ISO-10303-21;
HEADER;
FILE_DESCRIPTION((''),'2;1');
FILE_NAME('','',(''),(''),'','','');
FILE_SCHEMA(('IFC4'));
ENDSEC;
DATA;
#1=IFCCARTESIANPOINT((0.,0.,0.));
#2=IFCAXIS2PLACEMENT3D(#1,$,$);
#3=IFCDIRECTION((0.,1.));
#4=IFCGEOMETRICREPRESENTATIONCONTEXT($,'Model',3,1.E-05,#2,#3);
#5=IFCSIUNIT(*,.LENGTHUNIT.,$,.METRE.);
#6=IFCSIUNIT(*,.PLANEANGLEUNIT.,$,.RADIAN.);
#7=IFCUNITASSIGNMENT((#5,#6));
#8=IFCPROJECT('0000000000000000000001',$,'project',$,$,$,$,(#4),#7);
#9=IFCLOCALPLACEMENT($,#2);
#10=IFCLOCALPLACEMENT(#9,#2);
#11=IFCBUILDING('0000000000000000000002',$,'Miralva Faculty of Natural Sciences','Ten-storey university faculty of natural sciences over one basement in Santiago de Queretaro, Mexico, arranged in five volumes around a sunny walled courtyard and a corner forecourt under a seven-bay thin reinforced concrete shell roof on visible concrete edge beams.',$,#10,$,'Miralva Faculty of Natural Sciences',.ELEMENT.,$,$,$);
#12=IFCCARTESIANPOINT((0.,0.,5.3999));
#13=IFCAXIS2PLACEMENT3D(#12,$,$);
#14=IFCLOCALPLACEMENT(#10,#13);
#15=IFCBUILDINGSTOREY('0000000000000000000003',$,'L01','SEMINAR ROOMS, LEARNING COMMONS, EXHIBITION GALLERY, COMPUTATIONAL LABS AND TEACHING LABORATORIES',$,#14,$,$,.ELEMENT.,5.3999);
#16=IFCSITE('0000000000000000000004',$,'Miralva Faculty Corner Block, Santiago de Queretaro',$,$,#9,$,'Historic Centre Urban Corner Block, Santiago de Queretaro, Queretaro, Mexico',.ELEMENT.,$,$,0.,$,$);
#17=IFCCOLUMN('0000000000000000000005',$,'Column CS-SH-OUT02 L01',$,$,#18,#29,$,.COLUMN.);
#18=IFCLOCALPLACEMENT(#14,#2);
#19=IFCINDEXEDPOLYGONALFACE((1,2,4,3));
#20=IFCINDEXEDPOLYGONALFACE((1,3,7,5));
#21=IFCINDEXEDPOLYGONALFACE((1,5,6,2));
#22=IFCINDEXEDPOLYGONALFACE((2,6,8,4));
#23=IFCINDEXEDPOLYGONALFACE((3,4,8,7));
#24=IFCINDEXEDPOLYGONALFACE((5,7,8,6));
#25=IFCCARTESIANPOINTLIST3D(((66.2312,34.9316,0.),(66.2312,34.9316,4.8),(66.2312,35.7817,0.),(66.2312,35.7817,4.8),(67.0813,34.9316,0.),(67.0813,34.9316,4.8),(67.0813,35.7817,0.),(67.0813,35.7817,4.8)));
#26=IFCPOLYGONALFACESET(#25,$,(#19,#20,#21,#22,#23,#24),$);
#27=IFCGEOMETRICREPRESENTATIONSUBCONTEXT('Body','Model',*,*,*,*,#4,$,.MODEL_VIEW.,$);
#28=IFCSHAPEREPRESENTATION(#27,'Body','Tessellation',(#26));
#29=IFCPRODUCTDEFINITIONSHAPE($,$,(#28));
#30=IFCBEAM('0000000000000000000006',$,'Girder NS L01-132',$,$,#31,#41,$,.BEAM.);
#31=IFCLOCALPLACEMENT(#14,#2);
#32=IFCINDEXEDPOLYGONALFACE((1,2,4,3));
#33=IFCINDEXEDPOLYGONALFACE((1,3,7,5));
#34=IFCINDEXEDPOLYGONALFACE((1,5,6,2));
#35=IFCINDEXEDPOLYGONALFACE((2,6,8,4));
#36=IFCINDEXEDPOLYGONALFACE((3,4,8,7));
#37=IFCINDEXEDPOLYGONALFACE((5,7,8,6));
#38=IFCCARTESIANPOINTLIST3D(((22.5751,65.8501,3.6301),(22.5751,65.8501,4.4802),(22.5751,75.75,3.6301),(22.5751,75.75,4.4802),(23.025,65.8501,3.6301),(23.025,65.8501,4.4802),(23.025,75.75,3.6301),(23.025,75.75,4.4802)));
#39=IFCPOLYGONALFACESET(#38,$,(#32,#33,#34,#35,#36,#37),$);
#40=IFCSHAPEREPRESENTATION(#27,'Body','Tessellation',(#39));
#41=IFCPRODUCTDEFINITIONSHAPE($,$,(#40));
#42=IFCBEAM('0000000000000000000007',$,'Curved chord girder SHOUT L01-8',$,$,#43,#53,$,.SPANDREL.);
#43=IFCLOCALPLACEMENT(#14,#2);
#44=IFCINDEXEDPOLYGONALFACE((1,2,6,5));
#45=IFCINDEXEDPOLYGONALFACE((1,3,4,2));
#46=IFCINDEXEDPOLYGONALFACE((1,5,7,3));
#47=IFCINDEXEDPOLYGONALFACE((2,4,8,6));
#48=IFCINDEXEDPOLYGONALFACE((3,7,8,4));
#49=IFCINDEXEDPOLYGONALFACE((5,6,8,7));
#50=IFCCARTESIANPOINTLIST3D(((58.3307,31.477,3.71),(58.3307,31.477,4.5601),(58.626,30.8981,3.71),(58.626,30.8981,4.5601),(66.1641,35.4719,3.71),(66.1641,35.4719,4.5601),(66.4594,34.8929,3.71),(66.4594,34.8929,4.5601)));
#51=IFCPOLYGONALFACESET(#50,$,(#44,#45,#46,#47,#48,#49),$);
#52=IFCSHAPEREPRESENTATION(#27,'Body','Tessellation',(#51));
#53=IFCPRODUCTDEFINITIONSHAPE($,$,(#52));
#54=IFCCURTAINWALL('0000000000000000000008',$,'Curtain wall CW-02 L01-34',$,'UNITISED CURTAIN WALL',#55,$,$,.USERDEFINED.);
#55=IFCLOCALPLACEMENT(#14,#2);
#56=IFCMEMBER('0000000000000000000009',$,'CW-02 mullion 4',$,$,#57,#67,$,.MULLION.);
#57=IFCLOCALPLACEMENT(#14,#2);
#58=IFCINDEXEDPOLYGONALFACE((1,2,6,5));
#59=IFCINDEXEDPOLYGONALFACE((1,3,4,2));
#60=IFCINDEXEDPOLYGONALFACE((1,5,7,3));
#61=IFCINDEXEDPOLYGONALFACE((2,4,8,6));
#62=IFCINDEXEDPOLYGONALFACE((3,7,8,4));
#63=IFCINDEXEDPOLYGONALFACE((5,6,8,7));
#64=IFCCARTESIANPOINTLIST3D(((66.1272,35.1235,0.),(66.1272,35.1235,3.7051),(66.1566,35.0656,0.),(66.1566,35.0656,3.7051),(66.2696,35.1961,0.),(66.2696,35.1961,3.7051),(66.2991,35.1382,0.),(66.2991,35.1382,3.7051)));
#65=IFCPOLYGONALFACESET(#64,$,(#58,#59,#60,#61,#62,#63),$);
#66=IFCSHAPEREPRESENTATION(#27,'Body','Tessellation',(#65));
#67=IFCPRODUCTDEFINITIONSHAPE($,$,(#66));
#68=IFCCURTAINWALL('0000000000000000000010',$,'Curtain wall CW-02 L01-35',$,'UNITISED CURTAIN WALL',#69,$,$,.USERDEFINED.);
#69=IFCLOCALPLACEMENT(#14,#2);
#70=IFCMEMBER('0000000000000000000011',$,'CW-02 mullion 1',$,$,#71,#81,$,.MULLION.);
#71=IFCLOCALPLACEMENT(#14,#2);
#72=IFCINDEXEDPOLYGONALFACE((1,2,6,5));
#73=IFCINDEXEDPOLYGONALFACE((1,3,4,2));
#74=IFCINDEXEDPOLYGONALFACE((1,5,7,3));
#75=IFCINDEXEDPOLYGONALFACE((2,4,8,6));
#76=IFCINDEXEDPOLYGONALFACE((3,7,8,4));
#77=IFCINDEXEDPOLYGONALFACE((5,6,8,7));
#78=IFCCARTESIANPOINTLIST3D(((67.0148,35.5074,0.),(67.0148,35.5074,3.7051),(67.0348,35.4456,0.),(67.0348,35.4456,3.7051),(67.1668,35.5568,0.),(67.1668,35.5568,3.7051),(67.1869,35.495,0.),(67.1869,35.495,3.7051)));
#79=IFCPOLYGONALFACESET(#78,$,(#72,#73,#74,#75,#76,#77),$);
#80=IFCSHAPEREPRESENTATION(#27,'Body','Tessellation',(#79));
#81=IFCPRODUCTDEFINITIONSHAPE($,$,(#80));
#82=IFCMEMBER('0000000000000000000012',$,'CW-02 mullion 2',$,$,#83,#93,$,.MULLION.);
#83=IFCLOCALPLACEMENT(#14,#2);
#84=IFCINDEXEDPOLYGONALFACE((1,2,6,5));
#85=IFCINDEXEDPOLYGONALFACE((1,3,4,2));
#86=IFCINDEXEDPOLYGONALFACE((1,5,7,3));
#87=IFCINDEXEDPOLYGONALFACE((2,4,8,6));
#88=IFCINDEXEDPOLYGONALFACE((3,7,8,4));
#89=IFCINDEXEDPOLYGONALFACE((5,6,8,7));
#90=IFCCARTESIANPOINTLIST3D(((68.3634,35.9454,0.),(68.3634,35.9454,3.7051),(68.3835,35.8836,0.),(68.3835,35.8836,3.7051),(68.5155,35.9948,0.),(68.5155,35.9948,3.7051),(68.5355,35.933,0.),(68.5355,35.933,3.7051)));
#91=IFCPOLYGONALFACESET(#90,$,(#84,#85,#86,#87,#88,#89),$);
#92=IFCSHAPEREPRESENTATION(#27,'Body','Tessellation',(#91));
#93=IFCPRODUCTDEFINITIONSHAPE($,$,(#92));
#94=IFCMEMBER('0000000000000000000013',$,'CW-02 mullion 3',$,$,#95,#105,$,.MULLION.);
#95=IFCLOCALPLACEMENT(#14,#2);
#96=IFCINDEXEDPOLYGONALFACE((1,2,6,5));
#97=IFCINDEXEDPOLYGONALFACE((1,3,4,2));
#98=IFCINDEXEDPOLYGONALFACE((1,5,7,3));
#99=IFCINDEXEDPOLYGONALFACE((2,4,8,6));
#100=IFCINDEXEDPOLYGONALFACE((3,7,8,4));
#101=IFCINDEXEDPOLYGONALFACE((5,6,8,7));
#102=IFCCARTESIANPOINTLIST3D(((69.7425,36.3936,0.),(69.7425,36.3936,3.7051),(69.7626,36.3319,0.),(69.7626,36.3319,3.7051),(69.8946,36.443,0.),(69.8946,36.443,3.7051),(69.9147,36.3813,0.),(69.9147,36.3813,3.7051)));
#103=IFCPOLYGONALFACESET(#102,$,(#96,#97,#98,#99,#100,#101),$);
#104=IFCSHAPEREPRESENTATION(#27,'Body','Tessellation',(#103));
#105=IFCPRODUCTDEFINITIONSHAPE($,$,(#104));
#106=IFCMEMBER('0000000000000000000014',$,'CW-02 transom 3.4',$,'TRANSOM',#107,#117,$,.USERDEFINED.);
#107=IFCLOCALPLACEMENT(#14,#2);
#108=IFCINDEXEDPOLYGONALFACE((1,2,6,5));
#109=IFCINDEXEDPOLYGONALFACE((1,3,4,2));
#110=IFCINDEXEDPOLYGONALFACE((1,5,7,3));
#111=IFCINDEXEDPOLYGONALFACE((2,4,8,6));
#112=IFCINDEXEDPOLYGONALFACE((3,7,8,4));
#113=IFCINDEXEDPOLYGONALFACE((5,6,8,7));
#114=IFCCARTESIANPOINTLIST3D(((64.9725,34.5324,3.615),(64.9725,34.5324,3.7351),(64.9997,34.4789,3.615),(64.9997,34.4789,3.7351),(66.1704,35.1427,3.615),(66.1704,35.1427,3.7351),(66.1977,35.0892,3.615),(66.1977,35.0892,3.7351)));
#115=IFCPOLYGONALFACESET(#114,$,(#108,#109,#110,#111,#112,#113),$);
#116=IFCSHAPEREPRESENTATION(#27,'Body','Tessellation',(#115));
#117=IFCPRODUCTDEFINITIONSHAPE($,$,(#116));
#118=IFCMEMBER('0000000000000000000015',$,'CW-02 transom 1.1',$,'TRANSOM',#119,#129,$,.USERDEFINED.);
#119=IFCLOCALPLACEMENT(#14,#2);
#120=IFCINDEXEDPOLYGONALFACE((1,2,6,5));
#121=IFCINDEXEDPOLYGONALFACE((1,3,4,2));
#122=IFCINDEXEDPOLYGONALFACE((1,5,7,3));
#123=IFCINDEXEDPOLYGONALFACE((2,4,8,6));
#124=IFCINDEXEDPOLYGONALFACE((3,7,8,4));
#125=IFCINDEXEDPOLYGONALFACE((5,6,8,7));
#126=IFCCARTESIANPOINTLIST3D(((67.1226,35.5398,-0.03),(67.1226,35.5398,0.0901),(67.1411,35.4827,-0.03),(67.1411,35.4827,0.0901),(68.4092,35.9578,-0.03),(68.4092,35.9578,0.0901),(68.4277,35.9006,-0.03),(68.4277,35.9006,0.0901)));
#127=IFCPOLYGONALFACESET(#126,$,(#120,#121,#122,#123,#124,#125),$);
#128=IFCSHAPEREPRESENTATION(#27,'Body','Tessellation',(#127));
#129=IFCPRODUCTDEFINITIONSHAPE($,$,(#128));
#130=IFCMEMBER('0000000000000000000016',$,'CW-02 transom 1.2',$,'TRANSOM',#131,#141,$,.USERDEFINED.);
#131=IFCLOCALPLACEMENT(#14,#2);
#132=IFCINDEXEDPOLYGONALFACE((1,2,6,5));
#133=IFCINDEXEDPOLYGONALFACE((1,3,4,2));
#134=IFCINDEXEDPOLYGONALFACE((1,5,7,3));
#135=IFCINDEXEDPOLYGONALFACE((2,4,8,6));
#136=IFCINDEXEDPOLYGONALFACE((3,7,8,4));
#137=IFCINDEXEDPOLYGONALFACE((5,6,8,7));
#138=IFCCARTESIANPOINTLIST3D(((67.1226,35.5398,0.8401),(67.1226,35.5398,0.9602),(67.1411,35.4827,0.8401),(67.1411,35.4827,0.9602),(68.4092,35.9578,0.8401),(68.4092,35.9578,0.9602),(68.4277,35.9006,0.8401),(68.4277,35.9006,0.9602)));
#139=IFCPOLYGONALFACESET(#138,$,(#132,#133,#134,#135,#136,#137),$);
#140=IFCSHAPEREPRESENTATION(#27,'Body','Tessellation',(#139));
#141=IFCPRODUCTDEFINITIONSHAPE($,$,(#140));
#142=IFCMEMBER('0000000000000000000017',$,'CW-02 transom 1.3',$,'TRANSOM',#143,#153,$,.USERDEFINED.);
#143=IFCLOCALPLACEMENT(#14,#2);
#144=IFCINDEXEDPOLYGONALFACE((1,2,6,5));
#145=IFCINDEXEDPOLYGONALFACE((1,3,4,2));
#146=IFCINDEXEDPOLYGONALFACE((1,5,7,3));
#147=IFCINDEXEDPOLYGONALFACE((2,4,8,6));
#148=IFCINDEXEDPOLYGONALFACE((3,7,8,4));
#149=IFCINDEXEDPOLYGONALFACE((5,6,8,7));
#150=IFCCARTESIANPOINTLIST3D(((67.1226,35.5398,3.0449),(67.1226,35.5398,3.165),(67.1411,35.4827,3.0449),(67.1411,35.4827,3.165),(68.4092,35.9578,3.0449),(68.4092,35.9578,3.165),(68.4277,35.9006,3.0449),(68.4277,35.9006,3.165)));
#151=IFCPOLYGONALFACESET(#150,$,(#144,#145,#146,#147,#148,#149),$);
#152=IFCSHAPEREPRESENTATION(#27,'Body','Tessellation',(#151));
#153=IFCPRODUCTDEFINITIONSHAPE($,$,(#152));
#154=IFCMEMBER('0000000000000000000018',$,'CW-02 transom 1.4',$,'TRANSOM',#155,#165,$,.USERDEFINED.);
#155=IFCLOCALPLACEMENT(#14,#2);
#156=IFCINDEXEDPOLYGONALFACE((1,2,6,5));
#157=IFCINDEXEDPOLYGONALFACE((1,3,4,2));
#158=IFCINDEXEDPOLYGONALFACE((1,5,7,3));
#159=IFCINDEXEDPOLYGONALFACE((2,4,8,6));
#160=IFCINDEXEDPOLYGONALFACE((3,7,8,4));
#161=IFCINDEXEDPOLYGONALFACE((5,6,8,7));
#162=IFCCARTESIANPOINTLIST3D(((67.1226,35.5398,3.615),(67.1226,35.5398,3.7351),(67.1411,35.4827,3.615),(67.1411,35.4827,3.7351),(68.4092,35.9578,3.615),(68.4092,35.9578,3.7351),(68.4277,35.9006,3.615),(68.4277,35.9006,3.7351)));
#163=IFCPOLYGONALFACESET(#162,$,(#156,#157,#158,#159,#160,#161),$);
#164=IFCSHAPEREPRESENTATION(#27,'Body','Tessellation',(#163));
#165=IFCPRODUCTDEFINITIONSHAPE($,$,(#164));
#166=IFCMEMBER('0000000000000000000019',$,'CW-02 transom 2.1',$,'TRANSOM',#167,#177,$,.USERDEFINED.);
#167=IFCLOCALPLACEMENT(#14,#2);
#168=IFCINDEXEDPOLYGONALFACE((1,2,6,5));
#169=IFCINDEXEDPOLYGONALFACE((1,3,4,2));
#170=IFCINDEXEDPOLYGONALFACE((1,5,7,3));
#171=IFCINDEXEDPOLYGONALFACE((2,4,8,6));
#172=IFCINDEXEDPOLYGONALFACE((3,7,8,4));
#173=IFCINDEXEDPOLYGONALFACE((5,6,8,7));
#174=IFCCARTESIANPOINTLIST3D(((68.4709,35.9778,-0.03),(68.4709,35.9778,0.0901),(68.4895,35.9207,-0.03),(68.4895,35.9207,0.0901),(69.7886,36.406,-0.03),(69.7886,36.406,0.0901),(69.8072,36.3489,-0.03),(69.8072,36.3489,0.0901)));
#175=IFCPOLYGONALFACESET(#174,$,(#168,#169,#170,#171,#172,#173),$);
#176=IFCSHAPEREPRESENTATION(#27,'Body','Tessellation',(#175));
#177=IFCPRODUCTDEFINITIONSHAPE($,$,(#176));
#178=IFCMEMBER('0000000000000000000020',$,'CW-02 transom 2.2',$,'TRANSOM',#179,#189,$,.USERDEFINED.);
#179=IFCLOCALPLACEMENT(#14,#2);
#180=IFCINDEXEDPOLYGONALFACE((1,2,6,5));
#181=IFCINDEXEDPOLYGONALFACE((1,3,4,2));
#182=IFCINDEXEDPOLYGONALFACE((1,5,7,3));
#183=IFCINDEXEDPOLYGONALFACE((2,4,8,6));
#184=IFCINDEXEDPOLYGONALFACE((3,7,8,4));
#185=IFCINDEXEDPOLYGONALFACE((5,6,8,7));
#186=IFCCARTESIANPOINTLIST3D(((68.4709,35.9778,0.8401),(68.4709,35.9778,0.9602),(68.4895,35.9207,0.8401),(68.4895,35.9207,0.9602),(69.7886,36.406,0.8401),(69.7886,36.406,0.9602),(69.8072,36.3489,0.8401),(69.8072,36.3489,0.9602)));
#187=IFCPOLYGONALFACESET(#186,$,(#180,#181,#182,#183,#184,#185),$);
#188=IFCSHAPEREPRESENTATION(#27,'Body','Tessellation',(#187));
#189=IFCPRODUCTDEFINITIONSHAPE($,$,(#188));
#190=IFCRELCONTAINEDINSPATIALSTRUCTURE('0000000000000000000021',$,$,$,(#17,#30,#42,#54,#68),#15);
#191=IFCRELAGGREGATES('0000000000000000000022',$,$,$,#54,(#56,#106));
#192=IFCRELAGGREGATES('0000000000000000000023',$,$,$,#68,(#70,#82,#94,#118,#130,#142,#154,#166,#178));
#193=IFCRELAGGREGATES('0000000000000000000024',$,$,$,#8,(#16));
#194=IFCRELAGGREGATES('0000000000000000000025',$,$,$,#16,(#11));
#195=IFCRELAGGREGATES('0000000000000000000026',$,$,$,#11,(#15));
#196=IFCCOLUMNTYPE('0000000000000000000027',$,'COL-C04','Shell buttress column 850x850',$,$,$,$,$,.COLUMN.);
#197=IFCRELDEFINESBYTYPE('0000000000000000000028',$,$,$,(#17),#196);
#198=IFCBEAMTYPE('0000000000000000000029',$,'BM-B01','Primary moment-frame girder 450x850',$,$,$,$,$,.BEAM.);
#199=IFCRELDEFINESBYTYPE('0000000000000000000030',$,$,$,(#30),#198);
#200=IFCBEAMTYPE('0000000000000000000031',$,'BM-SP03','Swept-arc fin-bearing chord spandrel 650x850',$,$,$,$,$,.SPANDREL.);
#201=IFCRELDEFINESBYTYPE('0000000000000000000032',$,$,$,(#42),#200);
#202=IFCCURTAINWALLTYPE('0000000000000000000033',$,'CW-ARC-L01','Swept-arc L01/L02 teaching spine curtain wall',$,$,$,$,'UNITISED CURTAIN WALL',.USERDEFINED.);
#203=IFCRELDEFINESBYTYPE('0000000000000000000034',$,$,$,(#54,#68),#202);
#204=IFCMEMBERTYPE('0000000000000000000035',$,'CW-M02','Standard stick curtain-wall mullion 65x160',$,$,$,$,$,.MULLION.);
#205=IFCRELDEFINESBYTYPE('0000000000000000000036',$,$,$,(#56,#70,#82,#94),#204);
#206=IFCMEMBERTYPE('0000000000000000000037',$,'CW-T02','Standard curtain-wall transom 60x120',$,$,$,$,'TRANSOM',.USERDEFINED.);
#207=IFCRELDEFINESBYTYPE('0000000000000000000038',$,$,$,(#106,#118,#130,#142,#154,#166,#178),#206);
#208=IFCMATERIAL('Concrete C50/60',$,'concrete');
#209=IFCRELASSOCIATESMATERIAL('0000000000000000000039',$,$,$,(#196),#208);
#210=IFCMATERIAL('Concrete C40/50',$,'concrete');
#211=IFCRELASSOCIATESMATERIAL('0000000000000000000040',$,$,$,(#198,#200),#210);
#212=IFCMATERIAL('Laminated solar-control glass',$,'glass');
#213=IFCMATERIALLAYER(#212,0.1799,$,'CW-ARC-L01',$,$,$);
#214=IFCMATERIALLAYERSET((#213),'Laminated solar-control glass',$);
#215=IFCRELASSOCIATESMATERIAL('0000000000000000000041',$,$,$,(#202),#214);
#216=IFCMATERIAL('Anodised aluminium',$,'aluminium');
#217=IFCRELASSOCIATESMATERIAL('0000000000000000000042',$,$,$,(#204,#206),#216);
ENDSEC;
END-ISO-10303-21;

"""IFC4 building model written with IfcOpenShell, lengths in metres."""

from ifc_helpers import new_model, si_unit, direction, frame, origin, origin_2d, place, context, subcontext, project, spatial, rectangle, extrude, material, layer, layer_set, material_profile, profile_set, type_object, element, aggregate, save


model = new_model("IFC4")

# Units and contexts
model_context = context("Model", 3, precision=1e-05, world=origin(), true_north=direction((0.0, 1.0)))
body_context = subcontext(model_context, "Body", "Model", "MODEL_VIEW")
ifc_project = project(units=[si_unit("LENGTHUNIT", "METRE"), si_unit("PLANEANGLEUNIT", "RADIAN")], contexts=[model_context])

# Site, building, storey
site_placement = place(None, origin())
site = spatial("IfcSite", under=ifc_project, at=site_placement, Name="Miralva Faculty Corner Block, Santiago de Queretaro", LongName="Historic Centre Urban Corner Block, Santiago de Queretaro, Queretaro, Mexico", CompositionType="ELEMENT", RefElevation=0.0)
building_placement = place(site_placement, origin())
building = spatial("IfcBuilding", under=site, at=building_placement, Name="Miralva Faculty of Natural Sciences", Description="Ten-storey university faculty of natural sciences over one basement in Santiago de Queretaro, Mexico, arranged in five volumes around a sunny walled courtyard and a corner forecourt under a seven-bay thin reinforced concrete shell roof on visible concrete edge beams.", LongName="Miralva Faculty of Natural Sciences", CompositionType="ELEMENT")
storey_placement = place(building_placement, frame((0.0, 0.0, 5.3999)))
storey = spatial("IfcBuildingStorey", under=building, at=storey_placement, Name="L01", Description="SEMINAR ROOMS, LEARNING COMMONS, EXHIBITION GALLERY, COMPUTATIONAL LABS AND TEACHING LABORATORIES", CompositionType="ELEMENT", Elevation=5.3999)

# Column
ifc_material_1 = material(Name="Concrete C50/60", Category="concrete")
ifc_material_profile_1 = material_profile(ifc_material_1, rectangle(XDim=0.8501, YDim=0.8501, at=origin_2d()), Name="RC 850x850")
ifc_profile_set_1 = profile_set([ifc_material_profile_1], Name="Concrete C50/60")
column_type = type_object("IfcColumnType", Name="COL-C04", Description="Shell buttress column 850x850", PredefinedType="COLUMN", material=ifc_profile_set_1)
column_placement = place(storey_placement, frame((66.6562, 35.3567, 0.0), z_axis=(0.0, 0.0, 1.0), x_axis=(1.0, 0.0, 0.0)))
element("IfcColumn", 1, at=column_placement, inside=storey, type_object=column_type, Name="Column CS-SH-OUT02 L01", PredefinedType="COLUMN", context=body_context, shape_type="SweptSolid", body=[
    extrude(rectangle(XDim=0.8501, YDim=0.8501, at=origin_2d()), origin(), (0.0, 0.0, 1.0), 4.8),
])

# Beams
ifc_material_2 = material(Name="Concrete C40/50", Category="concrete")
ifc_material_profile_2 = material_profile(ifc_material_2, rectangle(XDim=0.45, YDim=0.8501, at=origin_2d()), Name="RC 450x850")
ifc_profile_set_2 = profile_set([ifc_material_profile_2], Name="Concrete C40/50")
beam_type_1 = type_object("IfcBeamType", Name="BM-B01", Description="Primary moment-frame girder 450x850", PredefinedType="BEAM", material=ifc_profile_set_2)
beam_1_placement = place(storey_placement, frame((22.8, 65.8501, 4.0552), z_axis=(0.0, 1.0, 0.0), x_axis=(-1.0, 0.0, 0.0)))
element("IfcBeam", 2, at=beam_1_placement, inside=storey, type_object=beam_type_1, Name="Girder NS L01-132", PredefinedType="BEAM", context=body_context, shape_type="SweptSolid", body=[
    extrude(rectangle(XDim=0.45, YDim=0.8501, at=origin_2d()), origin(), (0.0, 0.0, 1.0), 9.8999),
])
ifc_material_profile_3 = material_profile(ifc_material_2, rectangle(XDim=0.6499, YDim=0.8501, at=origin_2d()), Name="RC 650x850")
ifc_profile_set_3 = profile_set([ifc_material_profile_3], Name="Concrete C40/50")
beam_type_2 = type_object("IfcBeamType", Name="BM-SP03", Description="Swept-arc fin-bearing chord spandrel 650x850", PredefinedType="SPANDREL", material=ifc_profile_set_3)
beam_2_placement = place(storey_placement, frame((66.3118, 35.1824, 4.135), z_axis=(-0.890845, -0.454307, 0.0), x_axis=(0.454307, -0.890845, 0.0)))
element("IfcBeam", 3, at=beam_2_placement, inside=storey, type_object=beam_type_2, Name="Curved chord girder SHOUT L01-8", PredefinedType="SPANDREL", context=body_context, shape_type="SweptSolid", body=[
    extrude(rectangle(XDim=0.6499, YDim=0.8501, at=origin_2d()), origin(), (0.0, 0.0, 1.0), 8.7932),
])

# Curtain wall, member
ifc_material_3 = material(Name="Laminated solar-control glass", Category="glass")
ifc_layer_1 = layer(ifc_material_3, 0.1799, Name="CW-ARC-L01")
ifc_layer_set_1 = layer_set([ifc_layer_1], Name="Laminated solar-control glass")
curtain_wall_type = type_object("IfcCurtainWallType", Name="CW-ARC-L01", Description="Swept-arc L01/L02 teaching spine curtain wall", ElementType="UNITISED CURTAIN WALL", PredefinedType="USERDEFINED", material=ifc_layer_set_1)
curtain_wall_1_placement = place(storey_placement, origin())
curtain_wall_1 = element("IfcCurtainWall", 4, at=curtain_wall_1_placement, inside=storey, type_object=curtain_wall_type, Name="Curtain wall CW-02 L01-34", ObjectType="UNITISED CURTAIN WALL", PredefinedType="USERDEFINED")
ifc_material_4 = material(Name="Anodised aluminium", Category="aluminium")
ifc_material_profile_4 = material_profile(ifc_material_4, rectangle(XDim=0.0649, YDim=0.1599, at=origin_2d()), Name="MULLION 65x160")
ifc_profile_set_4 = profile_set([ifc_material_profile_4], Name="Anodised aluminium")
member_type_1 = type_object("IfcMemberType", Name="CW-M02", Description="Standard stick curtain-wall mullion 65x160", PredefinedType="MULLION", material=ifc_profile_set_4)
member_1_placement = place(storey_placement, frame((66.2131, 35.1309, 0.0), z_axis=(0.0, 0.0, 1.0), x_axis=(-0.453969, 0.891017, 0.0)))
member_1 = element("IfcMember", 5, at=member_1_placement, type_object=member_type_1, Name="CW-02 mullion 4", PredefinedType="MULLION", context=body_context, shape_type="SweptSolid", body=[
    extrude(rectangle(XDim=0.0649, YDim=0.1599, at=origin_2d()), origin(), (0.0, 0.0, 1.0), 3.7051),
])

# Curtain wall, members
curtain_wall_2_placement = place(storey_placement, origin())
curtain_wall_2 = element("IfcCurtainWall", 6, at=curtain_wall_2_placement, inside=storey, type_object=curtain_wall_type, Name="Curtain wall CW-02 L01-35", ObjectType="UNITISED CURTAIN WALL", PredefinedType="USERDEFINED")
member_2_placement = place(storey_placement, frame((67.1008, 35.5012, 0.0), z_axis=(0.0, 0.0, 1.0), x_axis=(-0.309007, 0.95106, 0.0)))
member_2 = element("IfcMember", 7, at=member_2_placement, type_object=member_type_1, Name="CW-02 mullion 1", PredefinedType="MULLION", context=body_context, shape_type="SweptSolid", body=[
    extrude(rectangle(XDim=0.0649, YDim=0.1599, at=origin_2d()), origin(), (0.0, 0.0, 1.0), 3.7051),
])
member_3_placement = place(storey_placement, frame((68.4495, 35.9392, 0.0), z_axis=(0.0, 0.0, 1.0), x_axis=(-0.309007, 0.95106, 0.0)))
member_3 = element("IfcMember", 8, at=member_3_placement, type_object=member_type_1, Name="CW-02 mullion 2", PredefinedType="MULLION", context=body_context, shape_type="SweptSolid", body=[
    extrude(rectangle(XDim=0.0649, YDim=0.1599, at=origin_2d()), origin(), (0.0, 0.0, 1.0), 3.7051),
])
member_4_placement = place(storey_placement, frame((69.8286, 36.3875, 0.0), z_axis=(0.0, 0.0, 1.0), x_axis=(-0.309007, 0.95106, 0.0)))
member_4 = element("IfcMember", 9, at=member_4_placement, type_object=member_type_1, Name="CW-02 mullion 3", PredefinedType="MULLION", context=body_context, shape_type="SweptSolid", body=[
    extrude(rectangle(XDim=0.0649, YDim=0.1599, at=origin_2d()), origin(), (0.0, 0.0, 1.0), 3.7051),
])

# Members
ifc_material_profile_5 = material_profile(ifc_material_4, rectangle(XDim=0.0601, YDim=0.1201, at=origin_2d()), Name="TRANSOM 60x120")
ifc_profile_set_5 = profile_set([ifc_material_profile_5], Name="Anodised aluminium")
member_type_2 = type_object("IfcMemberType", Name="CW-T02", Description="Standard curtain-wall transom 60x120", ElementType="TRANSOM", PredefinedType="USERDEFINED", material=ifc_profile_set_5)
member_5_placement = place(storey_placement, frame((64.9861, 34.5056, 3.675), z_axis=(0.891024, 0.453956, 0.0), x_axis=(-0.453956, 0.891024, 0.0)))
member_5 = element("IfcMember", 10, at=member_5_placement, type_object=member_type_2, Name="CW-02 transom 3.4", ObjectType="TRANSOM", PredefinedType="USERDEFINED", context=body_context, shape_type="SweptSolid", body=[
    extrude(rectangle(XDim=0.0601, YDim=0.1201, at=origin_2d()), origin(), (0.0, 0.0, 1.0), 1.3445),
])
member_6_placement = place(storey_placement, frame((67.1318, 35.5112, 0.03), z_axis=(0.951074, 0.308964, 0.0), x_axis=(-0.308964, 0.951074, 0.0)))
member_6 = element("IfcMember", 11, at=member_6_placement, type_object=member_type_2, Name="CW-02 transom 1.1", ObjectType="TRANSOM", PredefinedType="USERDEFINED", context=body_context, shape_type="SweptSolid", body=[
    extrude(rectangle(XDim=0.0601, YDim=0.1201, at=origin_2d()), origin(), (0.0, 0.0, 1.0), 1.3528),
])
member_7_placement = place(storey_placement, frame((67.1318, 35.5112, 0.9001), z_axis=(0.951074, 0.308964, 0.0), x_axis=(-0.308964, 0.951074, 0.0)))
member_7 = element("IfcMember", 12, at=member_7_placement, type_object=member_type_2, Name="CW-02 transom 1.2", ObjectType="TRANSOM", PredefinedType="USERDEFINED", context=body_context, shape_type="SweptSolid", body=[
    extrude(rectangle(XDim=0.0601, YDim=0.1201, at=origin_2d()), origin(), (0.0, 0.0, 1.0), 1.3528),
])
member_8_placement = place(storey_placement, frame((67.1318, 35.5112, 3.105), z_axis=(0.951074, 0.308964, 0.0), x_axis=(-0.308964, 0.951074, 0.0)))
member_8 = element("IfcMember", 13, at=member_8_placement, type_object=member_type_2, Name="CW-02 transom 1.3", ObjectType="TRANSOM", PredefinedType="USERDEFINED", context=body_context, shape_type="SweptSolid", body=[
    extrude(rectangle(XDim=0.0601, YDim=0.1201, at=origin_2d()), origin(), (0.0, 0.0, 1.0), 1.3528),
])
member_9_placement = place(storey_placement, frame((67.1318, 35.5112, 3.675), z_axis=(0.951074, 0.308964, 0.0), x_axis=(-0.308964, 0.951074, 0.0)))
member_9 = element("IfcMember", 14, at=member_9_placement, type_object=member_type_2, Name="CW-02 transom 1.4", ObjectType="TRANSOM", PredefinedType="USERDEFINED", context=body_context, shape_type="SweptSolid", body=[
    extrude(rectangle(XDim=0.0601, YDim=0.1201, at=origin_2d()), origin(), (0.0, 0.0, 1.0), 1.3528),
])
member_10_placement = place(storey_placement, frame((68.4802, 35.9492, 0.03), z_axis=(0.951035, 0.309082, 0.0), x_axis=(-0.309082, 0.951035, 0.0)))
member_10 = element("IfcMember", 15, at=member_10_placement, type_object=member_type_2, Name="CW-02 transom 2.1", ObjectType="TRANSOM", PredefinedType="USERDEFINED", context=body_context, shape_type="SweptSolid", body=[
    extrude(rectangle(XDim=0.0601, YDim=0.1201, at=origin_2d()), origin(), (0.0, 0.0, 1.0), 1.3855),
])
member_11_placement = place(storey_placement, frame((68.4802, 35.9492, 0.9001), z_axis=(0.951035, 0.309082, 0.0), x_axis=(-0.309082, 0.951035, 0.0)))
member_11 = element("IfcMember", 16, at=member_11_placement, type_object=member_type_2, Name="CW-02 transom 2.2", ObjectType="TRANSOM", PredefinedType="USERDEFINED", context=body_context, shape_type="SweptSolid", body=[
    extrude(rectangle(XDim=0.0601, YDim=0.1201, at=origin_2d()), origin(), (0.0, 0.0, 1.0), 1.3855),
])

aggregate(curtain_wall_1, [member_1, member_5])
aggregate(curtain_wall_2, [member_2, member_3, member_4, member_6, member_7, member_8, member_9, member_10, member_11])

save(model, "model.ifc")
